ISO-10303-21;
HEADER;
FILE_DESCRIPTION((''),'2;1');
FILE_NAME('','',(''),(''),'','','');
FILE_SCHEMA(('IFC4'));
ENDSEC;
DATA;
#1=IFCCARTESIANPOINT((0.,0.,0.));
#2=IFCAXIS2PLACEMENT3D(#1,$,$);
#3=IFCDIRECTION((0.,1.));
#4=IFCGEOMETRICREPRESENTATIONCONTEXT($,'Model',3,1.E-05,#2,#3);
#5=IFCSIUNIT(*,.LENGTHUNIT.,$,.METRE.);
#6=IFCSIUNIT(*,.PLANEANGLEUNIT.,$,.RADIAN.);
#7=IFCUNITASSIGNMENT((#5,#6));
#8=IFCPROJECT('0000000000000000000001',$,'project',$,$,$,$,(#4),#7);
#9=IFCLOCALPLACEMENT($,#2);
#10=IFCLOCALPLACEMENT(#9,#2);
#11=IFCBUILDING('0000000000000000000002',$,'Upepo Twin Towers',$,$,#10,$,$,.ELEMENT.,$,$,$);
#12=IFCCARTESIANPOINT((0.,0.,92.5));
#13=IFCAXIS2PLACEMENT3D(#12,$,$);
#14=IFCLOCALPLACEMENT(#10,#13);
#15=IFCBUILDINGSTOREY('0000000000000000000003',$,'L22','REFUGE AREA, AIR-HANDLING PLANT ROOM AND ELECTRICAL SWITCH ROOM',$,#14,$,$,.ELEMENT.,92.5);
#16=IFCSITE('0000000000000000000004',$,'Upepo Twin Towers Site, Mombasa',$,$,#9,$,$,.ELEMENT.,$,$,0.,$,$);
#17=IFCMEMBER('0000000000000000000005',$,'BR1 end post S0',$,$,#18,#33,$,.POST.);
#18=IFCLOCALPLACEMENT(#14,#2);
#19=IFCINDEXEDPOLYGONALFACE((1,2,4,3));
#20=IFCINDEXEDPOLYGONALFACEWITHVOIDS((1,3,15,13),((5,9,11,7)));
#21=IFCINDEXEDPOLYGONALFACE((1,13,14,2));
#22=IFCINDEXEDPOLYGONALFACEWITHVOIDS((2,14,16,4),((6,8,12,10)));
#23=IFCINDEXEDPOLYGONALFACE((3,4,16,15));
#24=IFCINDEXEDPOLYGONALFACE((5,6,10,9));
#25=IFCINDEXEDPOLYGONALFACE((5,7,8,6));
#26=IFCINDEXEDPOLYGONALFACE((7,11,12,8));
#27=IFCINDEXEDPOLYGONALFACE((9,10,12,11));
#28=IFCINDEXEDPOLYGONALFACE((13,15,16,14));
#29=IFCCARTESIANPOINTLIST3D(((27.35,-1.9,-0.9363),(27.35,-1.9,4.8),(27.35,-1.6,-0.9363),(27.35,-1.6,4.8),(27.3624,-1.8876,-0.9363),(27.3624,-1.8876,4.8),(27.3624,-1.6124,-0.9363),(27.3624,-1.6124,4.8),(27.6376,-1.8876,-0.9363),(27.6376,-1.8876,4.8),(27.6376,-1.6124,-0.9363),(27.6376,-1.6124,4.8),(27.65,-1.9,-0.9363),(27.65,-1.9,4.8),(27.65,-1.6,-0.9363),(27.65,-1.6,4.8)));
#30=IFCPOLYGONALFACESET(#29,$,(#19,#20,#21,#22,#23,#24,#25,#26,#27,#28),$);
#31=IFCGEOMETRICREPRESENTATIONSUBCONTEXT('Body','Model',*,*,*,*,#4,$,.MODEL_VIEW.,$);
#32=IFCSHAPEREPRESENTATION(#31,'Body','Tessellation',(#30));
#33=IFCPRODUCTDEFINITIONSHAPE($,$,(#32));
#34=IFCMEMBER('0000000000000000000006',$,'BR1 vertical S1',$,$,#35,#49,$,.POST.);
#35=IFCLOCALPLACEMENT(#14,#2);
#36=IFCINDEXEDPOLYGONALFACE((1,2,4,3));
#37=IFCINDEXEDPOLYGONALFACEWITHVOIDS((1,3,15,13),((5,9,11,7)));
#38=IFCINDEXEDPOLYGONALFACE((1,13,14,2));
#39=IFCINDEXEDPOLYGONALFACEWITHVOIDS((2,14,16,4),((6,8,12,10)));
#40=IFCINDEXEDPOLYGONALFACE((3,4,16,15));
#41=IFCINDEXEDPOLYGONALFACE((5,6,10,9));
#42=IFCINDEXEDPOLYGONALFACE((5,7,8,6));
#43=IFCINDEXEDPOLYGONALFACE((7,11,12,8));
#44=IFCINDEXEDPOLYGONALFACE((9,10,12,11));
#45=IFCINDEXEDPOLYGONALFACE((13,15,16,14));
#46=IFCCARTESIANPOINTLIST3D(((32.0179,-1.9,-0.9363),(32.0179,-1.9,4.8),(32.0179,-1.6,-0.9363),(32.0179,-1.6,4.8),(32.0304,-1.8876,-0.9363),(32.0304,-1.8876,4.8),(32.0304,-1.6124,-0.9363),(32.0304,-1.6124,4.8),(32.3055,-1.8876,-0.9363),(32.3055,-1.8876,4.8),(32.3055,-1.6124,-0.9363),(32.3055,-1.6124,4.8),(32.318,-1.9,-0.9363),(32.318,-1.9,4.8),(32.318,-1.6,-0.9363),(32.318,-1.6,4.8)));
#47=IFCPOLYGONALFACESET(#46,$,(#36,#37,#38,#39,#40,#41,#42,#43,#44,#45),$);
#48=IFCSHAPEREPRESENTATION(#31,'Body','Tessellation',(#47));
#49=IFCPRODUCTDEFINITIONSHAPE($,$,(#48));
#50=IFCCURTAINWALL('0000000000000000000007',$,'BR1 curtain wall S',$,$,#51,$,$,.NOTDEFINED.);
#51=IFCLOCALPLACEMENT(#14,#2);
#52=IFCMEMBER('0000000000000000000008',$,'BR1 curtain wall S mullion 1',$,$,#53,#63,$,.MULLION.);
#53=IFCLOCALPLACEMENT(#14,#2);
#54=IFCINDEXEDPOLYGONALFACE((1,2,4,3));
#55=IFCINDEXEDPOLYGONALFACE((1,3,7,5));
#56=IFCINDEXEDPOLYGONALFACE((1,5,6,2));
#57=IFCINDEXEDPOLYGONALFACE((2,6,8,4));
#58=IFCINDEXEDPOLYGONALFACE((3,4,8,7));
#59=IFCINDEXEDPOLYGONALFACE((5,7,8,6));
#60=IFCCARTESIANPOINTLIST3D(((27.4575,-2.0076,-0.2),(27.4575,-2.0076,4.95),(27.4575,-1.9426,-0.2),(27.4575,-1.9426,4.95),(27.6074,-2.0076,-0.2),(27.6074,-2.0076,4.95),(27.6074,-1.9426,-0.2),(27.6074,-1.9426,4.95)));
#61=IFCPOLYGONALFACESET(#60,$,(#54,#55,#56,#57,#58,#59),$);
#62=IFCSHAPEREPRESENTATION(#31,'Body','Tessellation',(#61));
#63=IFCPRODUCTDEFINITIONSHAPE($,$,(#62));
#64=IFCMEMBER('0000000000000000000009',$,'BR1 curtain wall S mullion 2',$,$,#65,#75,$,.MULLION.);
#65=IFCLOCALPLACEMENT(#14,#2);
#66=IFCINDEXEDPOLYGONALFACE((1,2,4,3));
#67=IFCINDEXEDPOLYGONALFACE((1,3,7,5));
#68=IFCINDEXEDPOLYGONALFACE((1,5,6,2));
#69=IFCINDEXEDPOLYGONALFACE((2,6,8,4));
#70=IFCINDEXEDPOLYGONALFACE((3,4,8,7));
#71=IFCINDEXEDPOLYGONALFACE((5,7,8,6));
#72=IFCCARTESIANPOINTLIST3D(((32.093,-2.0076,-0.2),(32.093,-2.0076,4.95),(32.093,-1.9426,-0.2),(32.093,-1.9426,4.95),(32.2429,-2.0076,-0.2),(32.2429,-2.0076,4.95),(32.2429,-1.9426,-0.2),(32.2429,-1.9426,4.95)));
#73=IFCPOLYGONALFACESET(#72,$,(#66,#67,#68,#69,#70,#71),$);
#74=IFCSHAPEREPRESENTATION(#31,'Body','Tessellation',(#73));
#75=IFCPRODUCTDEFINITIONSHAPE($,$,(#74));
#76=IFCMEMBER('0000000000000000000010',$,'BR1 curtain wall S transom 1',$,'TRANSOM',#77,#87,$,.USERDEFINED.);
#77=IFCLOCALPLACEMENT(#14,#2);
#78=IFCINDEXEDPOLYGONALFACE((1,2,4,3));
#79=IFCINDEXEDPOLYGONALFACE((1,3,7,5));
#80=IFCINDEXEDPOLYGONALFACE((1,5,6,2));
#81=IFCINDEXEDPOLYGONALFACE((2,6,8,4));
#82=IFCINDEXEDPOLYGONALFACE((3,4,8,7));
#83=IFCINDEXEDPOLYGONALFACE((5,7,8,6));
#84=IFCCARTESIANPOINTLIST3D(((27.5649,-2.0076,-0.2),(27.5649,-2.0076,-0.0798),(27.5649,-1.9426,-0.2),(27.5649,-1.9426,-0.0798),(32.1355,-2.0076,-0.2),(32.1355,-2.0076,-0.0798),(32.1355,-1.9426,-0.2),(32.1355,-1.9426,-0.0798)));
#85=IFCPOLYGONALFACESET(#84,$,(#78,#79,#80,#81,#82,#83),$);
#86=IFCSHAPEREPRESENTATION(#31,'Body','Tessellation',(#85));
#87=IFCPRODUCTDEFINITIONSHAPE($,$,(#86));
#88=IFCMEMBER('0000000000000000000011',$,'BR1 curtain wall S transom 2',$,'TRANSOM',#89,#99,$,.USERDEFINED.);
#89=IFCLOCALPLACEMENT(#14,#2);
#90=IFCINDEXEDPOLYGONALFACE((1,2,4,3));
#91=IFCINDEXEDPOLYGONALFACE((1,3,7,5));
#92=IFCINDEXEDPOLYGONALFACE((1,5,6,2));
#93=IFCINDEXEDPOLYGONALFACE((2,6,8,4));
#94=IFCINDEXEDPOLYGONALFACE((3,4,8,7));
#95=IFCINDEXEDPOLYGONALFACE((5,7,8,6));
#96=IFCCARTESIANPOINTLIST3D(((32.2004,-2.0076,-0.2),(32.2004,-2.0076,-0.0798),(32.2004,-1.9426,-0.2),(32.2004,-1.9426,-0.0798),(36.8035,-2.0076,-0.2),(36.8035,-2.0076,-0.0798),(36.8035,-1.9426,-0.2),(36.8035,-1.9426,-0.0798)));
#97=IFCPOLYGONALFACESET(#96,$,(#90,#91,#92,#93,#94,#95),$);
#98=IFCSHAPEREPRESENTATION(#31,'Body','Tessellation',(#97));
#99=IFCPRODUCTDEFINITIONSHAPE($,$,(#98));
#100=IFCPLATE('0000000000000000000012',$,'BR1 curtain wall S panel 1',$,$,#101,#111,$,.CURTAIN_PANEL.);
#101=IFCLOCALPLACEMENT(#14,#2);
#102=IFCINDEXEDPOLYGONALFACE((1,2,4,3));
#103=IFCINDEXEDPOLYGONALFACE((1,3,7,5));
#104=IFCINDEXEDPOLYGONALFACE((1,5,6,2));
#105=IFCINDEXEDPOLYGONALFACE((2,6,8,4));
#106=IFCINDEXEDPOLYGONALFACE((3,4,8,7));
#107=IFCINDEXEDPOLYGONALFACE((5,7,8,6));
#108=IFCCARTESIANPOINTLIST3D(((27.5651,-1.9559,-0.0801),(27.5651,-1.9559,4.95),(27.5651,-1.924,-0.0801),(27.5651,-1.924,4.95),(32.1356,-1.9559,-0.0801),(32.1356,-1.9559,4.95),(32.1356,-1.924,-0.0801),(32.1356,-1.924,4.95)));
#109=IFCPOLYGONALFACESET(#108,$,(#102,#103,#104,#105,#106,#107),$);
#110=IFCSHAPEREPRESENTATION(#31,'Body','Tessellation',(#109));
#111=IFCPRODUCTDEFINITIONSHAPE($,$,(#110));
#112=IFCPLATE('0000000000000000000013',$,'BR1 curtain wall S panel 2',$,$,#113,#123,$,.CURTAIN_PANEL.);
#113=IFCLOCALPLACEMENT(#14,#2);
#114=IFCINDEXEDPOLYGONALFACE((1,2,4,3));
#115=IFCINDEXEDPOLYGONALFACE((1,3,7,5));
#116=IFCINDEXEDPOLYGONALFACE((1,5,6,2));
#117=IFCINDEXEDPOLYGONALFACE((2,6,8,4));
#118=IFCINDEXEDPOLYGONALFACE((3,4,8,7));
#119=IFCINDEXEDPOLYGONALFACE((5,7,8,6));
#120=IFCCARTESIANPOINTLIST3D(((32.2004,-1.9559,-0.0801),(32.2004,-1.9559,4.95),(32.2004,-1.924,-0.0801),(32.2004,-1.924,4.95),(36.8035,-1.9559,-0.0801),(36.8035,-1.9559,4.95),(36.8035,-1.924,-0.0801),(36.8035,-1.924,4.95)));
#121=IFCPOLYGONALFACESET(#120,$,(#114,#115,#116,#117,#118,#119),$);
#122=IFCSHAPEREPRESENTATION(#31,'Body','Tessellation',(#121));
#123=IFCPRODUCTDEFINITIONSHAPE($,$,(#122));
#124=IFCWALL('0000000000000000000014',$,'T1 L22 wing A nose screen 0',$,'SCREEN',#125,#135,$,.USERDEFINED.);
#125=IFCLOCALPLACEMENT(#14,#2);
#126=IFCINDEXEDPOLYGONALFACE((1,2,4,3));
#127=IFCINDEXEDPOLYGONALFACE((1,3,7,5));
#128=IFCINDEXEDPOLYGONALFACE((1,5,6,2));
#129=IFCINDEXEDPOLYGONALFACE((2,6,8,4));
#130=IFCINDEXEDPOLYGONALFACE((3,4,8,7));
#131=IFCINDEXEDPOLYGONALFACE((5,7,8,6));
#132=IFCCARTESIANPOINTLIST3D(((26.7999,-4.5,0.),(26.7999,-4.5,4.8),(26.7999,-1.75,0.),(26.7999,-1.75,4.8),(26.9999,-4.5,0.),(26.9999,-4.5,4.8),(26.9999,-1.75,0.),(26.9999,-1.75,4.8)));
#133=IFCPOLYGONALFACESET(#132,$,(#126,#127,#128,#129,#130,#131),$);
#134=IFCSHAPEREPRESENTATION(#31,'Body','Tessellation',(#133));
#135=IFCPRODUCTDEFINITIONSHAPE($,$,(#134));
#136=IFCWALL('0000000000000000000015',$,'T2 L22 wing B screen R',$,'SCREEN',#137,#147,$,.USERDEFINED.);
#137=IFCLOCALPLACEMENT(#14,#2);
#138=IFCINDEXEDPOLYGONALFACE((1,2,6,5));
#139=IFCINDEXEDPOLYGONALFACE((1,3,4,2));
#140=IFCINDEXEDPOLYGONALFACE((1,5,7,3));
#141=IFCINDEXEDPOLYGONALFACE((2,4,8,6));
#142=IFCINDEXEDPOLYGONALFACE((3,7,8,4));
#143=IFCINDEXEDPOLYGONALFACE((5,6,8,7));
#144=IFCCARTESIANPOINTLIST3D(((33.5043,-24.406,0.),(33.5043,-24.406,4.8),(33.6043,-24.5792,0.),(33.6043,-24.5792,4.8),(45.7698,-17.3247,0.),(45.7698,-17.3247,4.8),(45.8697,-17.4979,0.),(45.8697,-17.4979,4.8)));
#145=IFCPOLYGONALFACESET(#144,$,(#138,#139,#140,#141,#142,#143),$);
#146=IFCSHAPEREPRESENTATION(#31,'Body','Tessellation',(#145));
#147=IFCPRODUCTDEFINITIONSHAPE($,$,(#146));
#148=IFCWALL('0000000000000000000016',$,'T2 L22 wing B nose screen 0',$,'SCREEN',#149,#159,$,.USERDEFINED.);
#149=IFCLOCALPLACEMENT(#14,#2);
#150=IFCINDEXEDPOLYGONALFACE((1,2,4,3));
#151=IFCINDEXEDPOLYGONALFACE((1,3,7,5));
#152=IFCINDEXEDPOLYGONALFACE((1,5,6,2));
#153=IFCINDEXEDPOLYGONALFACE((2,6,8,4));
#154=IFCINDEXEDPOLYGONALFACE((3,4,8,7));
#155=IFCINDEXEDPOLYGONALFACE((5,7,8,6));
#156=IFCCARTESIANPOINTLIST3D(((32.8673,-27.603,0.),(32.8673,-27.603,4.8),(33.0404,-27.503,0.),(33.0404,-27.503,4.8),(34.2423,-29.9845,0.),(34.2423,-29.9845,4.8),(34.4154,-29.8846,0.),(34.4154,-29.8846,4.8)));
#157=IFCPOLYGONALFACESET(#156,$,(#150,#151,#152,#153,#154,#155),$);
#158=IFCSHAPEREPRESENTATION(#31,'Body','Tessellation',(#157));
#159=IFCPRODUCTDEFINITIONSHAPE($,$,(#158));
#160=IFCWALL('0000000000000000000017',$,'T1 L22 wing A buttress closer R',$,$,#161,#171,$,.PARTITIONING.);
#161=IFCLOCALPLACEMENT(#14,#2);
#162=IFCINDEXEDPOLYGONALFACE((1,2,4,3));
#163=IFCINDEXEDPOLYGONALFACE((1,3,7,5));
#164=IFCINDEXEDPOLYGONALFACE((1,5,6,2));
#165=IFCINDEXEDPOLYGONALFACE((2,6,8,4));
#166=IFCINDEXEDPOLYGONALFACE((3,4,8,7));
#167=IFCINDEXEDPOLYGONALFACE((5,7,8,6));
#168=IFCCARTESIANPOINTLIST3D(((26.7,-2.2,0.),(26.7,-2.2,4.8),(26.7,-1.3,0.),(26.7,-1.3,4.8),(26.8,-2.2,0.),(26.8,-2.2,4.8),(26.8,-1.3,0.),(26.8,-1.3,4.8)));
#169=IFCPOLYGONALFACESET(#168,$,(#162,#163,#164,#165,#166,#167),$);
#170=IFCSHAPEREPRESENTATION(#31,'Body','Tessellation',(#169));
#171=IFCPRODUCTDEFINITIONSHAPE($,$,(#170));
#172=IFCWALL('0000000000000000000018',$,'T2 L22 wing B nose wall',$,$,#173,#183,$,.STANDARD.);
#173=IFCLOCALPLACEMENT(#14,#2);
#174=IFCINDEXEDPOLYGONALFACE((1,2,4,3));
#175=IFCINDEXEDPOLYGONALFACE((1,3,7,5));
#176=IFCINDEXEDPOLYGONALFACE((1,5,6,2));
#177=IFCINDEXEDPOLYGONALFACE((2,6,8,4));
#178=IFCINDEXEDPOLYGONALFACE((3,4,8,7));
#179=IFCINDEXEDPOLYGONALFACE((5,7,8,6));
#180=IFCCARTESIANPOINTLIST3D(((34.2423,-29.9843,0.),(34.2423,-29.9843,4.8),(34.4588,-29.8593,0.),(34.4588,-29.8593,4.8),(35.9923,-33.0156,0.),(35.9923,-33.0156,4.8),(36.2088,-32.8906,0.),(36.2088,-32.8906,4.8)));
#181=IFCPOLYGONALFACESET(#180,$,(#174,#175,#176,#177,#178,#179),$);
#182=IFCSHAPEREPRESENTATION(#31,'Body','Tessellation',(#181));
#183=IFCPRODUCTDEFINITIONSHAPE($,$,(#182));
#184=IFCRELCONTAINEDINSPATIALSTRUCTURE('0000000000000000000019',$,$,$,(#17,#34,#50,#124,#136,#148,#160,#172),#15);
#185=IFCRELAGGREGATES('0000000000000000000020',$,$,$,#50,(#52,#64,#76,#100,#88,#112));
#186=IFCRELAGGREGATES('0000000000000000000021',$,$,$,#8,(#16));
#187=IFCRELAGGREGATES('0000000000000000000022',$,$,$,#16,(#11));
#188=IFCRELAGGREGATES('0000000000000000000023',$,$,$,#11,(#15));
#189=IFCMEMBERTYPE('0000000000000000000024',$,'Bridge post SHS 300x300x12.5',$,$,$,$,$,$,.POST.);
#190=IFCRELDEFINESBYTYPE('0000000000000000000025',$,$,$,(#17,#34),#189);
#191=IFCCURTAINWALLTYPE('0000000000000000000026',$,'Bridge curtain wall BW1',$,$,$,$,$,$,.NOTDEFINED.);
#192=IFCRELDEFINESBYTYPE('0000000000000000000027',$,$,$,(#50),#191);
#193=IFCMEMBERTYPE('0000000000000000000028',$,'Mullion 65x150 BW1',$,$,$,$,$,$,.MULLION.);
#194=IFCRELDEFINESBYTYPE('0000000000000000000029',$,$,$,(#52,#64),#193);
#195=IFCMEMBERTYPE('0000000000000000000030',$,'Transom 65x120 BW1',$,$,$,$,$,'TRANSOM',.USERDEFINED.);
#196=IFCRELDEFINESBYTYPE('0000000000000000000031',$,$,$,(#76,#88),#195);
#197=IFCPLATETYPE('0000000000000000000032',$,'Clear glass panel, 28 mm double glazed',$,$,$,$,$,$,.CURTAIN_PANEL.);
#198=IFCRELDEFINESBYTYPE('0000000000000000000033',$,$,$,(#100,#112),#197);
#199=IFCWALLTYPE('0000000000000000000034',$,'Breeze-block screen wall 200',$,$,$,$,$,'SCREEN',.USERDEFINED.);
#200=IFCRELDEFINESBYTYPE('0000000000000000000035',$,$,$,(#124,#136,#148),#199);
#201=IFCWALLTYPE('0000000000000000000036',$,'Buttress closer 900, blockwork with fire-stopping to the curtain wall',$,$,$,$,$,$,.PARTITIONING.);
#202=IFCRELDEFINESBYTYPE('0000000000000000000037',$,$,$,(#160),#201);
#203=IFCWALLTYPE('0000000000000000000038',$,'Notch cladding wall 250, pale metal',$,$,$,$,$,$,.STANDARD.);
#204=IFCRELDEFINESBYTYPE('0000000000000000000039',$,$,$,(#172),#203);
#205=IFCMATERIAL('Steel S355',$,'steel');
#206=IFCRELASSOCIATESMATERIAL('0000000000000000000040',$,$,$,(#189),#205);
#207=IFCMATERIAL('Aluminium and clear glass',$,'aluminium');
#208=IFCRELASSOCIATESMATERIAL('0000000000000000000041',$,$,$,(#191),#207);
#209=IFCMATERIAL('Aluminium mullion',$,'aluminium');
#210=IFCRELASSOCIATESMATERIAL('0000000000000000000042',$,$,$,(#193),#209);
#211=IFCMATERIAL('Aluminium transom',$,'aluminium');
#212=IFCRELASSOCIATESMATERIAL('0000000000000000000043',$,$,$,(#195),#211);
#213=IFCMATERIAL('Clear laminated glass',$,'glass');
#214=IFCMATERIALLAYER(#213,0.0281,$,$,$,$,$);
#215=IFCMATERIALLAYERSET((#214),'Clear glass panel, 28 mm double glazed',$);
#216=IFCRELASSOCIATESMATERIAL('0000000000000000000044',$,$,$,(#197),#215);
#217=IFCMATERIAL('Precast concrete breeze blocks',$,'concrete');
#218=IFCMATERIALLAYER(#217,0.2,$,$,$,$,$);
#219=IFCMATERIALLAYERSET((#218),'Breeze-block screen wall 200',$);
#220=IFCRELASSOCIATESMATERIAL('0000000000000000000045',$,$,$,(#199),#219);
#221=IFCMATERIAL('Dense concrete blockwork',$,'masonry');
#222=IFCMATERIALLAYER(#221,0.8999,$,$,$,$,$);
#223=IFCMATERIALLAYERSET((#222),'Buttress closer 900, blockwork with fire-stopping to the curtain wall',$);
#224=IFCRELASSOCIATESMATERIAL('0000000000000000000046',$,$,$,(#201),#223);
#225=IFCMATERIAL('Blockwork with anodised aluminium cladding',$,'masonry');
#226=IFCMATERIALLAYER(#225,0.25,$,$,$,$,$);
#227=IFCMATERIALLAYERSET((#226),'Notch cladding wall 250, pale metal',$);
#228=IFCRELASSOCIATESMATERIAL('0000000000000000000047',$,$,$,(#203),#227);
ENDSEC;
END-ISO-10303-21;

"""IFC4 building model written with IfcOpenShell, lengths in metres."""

from ifc_helpers import new_model, si_unit, direction, frame, frame_2d, origin, origin_2d, place, context, subcontext, project, spatial, rectangle, hollow_rectangle, extrude, material, layer, layer_set, material_profile, profile_set, type_object, element, aggregate, save


model = new_model("IFC4")

# Units and contexts
model_context = context("Model", 3, precision=1e-05, world=origin(), true_north=direction((0.0, 1.0)))
body_context = subcontext(model_context, "Body", "Model", "MODEL_VIEW")
ifc_project = project(units=[si_unit("LENGTHUNIT", "METRE"), si_unit("PLANEANGLEUNIT", "RADIAN")], contexts=[model_context])

# Site, building, storey
site_placement = place(None, origin())
site = spatial("IfcSite", under=ifc_project, at=site_placement, Name="Upepo Twin Towers Site, Mombasa", CompositionType="ELEMENT", RefElevation=0.0)
building_placement = place(site_placement, origin())
building = spatial("IfcBuilding", under=site, at=building_placement, Name="Upepo Twin Towers", CompositionType="ELEMENT")
storey_placement = place(building_placement, frame((0.0, 0.0, 92.5)))
storey = spatial("IfcBuildingStorey", under=building, at=storey_placement, Name="L22", Description="REFUGE AREA, AIR-HANDLING PLANT ROOM AND ELECTRICAL SWITCH ROOM", CompositionType="ELEMENT", Elevation=92.5)

# Members
ifc_material_1 = material(Name="Steel S355", Category="steel")
ifc_material_profile_1 = material_profile(ifc_material_1, hollow_rectangle(XDim=0.3, YDim=0.3, WallThickness=0.0125, at=origin_2d()), Name="SHS 300x300x12.5")
ifc_profile_set_1 = profile_set([ifc_material_profile_1], Name="Steel S355")
member_type_1 = type_object("IfcMemberType", Name="Bridge post SHS 300x300x12.5", PredefinedType="POST", material=ifc_profile_set_1)
for number, where, z_axis, x_axis, name in (
    (1, (27.5, -1.75, -0.9363), (0.0, 0.0, 1.0), (1.0, 0.0, 0.0), "BR1 end post S0"),
    (2, (32.168, -1.75, -0.9363), (0.0, 0.0, 1.0), (1.0, 0.0, 0.0), "BR1 vertical S1"),
):
    element("IfcMember", number, at=place(storey_placement, frame(where, z_axis=z_axis, x_axis=x_axis)), inside=storey, type_object=member_type_1, Name=name, PredefinedType="POST", context=body_context, shape_type="SweptSolid", body=[
        extrude(hollow_rectangle(XDim=0.3, YDim=0.3, WallThickness=0.0125, at=origin_2d()), origin(), (0.0, 0.0, 1.0), 5.7363),
    ])

# Curtain wall, members, plates
ifc_material_2 = material(Name="Aluminium and clear glass", Category="aluminium")
curtain_wall_type = type_object("IfcCurtainWallType", Name="Bridge curtain wall BW1", PredefinedType="NOTDEFINED", material=ifc_material_2)
curtain_wall_placement = place(storey_placement, origin())
curtain_wall = element("IfcCurtainWall", 3, at=curtain_wall_placement, inside=storey, type_object=curtain_wall_type, Name="BR1 curtain wall S", PredefinedType="NOTDEFINED")
ifc_material_3 = material(Name="Aluminium mullion", Category="aluminium")
ifc_material_profile_2 = material_profile(ifc_material_3, rectangle(XDim=0.0649, YDim=0.1499, at=origin_2d()), Name="MULLION 65x150 BRIDGE")
ifc_profile_set_2 = profile_set([ifc_material_profile_2], Name="Aluminium mullion")
member_type_2 = type_object("IfcMemberType", Name="Mullion 65x150 BW1", PredefinedType="MULLION", material=ifc_profile_set_2)
member_1_placement = place(storey_placement, frame((27.5325, -1.9751, -0.2), z_axis=(0.0, 0.0, 1.0), x_axis=(0.0, 1.0, 0.0)))
member_1 = element("IfcMember", 4, at=member_1_placement, type_object=member_type_2, Name="BR1 curtain wall S mullion 1", PredefinedType="MULLION", context=body_context, shape_type="SweptSolid", body=[
    extrude(rectangle(XDim=0.0649, YDim=0.1499, at=origin_2d()), origin(), (0.0, 0.0, 1.0), 5.1499),
])
member_2_placement = place(storey_placement, frame((32.168, -1.9751, -0.2), z_axis=(0.0, 0.0, 1.0), x_axis=(0.0, 1.0, 0.0)))
member_2 = element("IfcMember", 5, at=member_2_placement, type_object=member_type_2, Name="BR1 curtain wall S mullion 2", PredefinedType="MULLION", context=body_context, shape_type="SweptSolid", body=[
    extrude(rectangle(XDim=0.0649, YDim=0.1499, at=origin_2d()), origin(), (0.0, 0.0, 1.0), 5.1499),
])
ifc_material_4 = material(Name="Aluminium transom", Category="aluminium")
ifc_material_profile_3 = material_profile(ifc_material_4, rectangle(XDim=0.0649, YDim=0.1201, at=origin_2d()), Name="TRANSOM 65x120 BRIDGE")
ifc_profile_set_3 = profile_set([ifc_material_profile_3], Name="Aluminium transom")
member_type_3 = type_object("IfcMemberType", Name="Transom 65x120 BW1", ElementType="TRANSOM", PredefinedType="USERDEFINED", material=ifc_profile_set_3)
member_3_placement = place(storey_placement, frame((27.5649, -1.9751, -0.1399), z_axis=(1.0, 0.0, 0.0), x_axis=(0.0, 1.0, 0.0)))
member_3 = element("IfcMember", 6, at=member_3_placement, type_object=member_type_3, Name="BR1 curtain wall S transom 1", ObjectType="TRANSOM", PredefinedType="USERDEFINED", context=body_context, shape_type="SweptSolid", body=[
    extrude(rectangle(XDim=0.0649, YDim=0.1201, at=origin_2d()), origin(), (0.0, 0.0, 1.0), 4.5706),
])
member_4_placement = place(storey_placement, frame((32.2004, -1.9751, -0.1399), z_axis=(1.0, 0.0, 0.0), x_axis=(0.0, 1.0, 0.0)))
member_4 = element("IfcMember", 7, at=member_4_placement, type_object=member_type_3, Name="BR1 curtain wall S transom 2", ObjectType="TRANSOM", PredefinedType="USERDEFINED", context=body_context, shape_type="SweptSolid", body=[
    extrude(rectangle(XDim=0.0649, YDim=0.1201, at=origin_2d()), origin(), (0.0, 0.0, 1.0), 4.603),
])
ifc_material_5 = material(Name="Clear laminated glass", Category="glass")
ifc_layer_1 = layer(ifc_material_5, 0.0281)
ifc_layer_set_1 = layer_set([ifc_layer_1], Name="Clear glass panel, 28 mm double glazed")
plate_type = type_object("IfcPlateType", Name="Clear glass panel, 28 mm double glazed", PredefinedType="CURTAIN_PANEL", material=ifc_layer_set_1)
plate_1_placement = place(storey_placement, frame((29.8503, -1.9399, -0.0801), z_axis=(0.0, 0.0, 1.0), x_axis=(1.0, 0.0, 0.0)))
plate_1 = element("IfcPlate", 8, at=plate_1_placement, type_object=plate_type, Name="BR1 curtain wall S panel 1", PredefinedType="CURTAIN_PANEL", context=body_context, shape_type="SweptSolid", body=[
    extrude(rectangle(XDim=4.5706, YDim=0.032, at=origin_2d()), origin(), (0.0, 0.0, 1.0), 5.03),
])
plate_2_placement = place(storey_placement, frame((34.502, -1.9399, -0.0801), z_axis=(0.0, 0.0, 1.0), x_axis=(1.0, 0.0, 0.0)))
plate_2 = element("IfcPlate", 9, at=plate_2_placement, type_object=plate_type, Name="BR1 curtain wall S panel 2", PredefinedType="CURTAIN_PANEL", context=body_context, shape_type="SweptSolid", body=[
    extrude(rectangle(XDim=4.603, YDim=0.032, at=origin_2d()), origin(), (0.0, 0.0, 1.0), 5.03),
])
aggregate(curtain_wall, [member_1, member_2, member_3, plate_1, member_4, plate_2])

# Walls
ifc_material_6 = material(Name="Precast concrete breeze blocks", Category="concrete")
ifc_layer_2 = layer(ifc_material_6, 0.2)
ifc_layer_set_2 = layer_set([ifc_layer_2], Name="Breeze-block screen wall 200")
wall_type_1 = type_object("IfcWallType", Name="Breeze-block screen wall 200", ElementType="SCREEN", PredefinedType="USERDEFINED", material=ifc_layer_set_2)
wall_1_placement = place(storey_placement, frame((26.8999, -4.5, 0.0), z_axis=(0.0, 0.0, 1.0), x_axis=(0.0, 1.0, 0.0)))
element("IfcWall", 10, at=wall_1_placement, inside=storey, type_object=wall_type_1, Name="T1 L22 wing A nose screen 0", ObjectType="SCREEN", PredefinedType="USERDEFINED", context=body_context, shape_type="SweptSolid", body=[
    extrude(rectangle(XDim=2.75, YDim=0.2, at=frame_2d((1.375, 0.0))), origin(), (0.0, 0.0, 1.0), 4.8),
])
wall_2_placement = place(storey_placement, frame((33.5542, -24.4927, 0.0), z_axis=(0.0, 0.0, 1.0), x_axis=(0.866029, 0.499994, 0.0)))
element("IfcWall", 11, at=wall_2_placement, inside=storey, type_object=wall_type_1, Name="T2 L22 wing B screen R", ObjectType="SCREEN", PredefinedType="USERDEFINED", context=body_context, shape_type="SweptSolid", body=[
    extrude(rectangle(XDim=14.1628, YDim=0.2, at=frame_2d((7.0815, 0.0))), origin(), (0.0, 0.0, 1.0), 4.8),
])
wall_3_placement = place(storey_placement, frame((32.9539, -27.553, 0.0), z_axis=(0.0, 0.0, 1.0), x_axis=(0.499997, -0.866027, 0.0)))
element("IfcWall", 12, at=wall_3_placement, inside=storey, type_object=wall_type_1, Name="T2 L22 wing B nose screen 0", ObjectType="SCREEN", PredefinedType="USERDEFINED", context=body_context, shape_type="SweptSolid", body=[
    extrude(rectangle(XDim=2.75, YDim=0.2, at=frame_2d((1.375, 0.0))), origin(), (0.0, 0.0, 1.0), 4.8),
])
ifc_material_7 = material(Name="Dense concrete blockwork", Category="masonry")
ifc_layer_3 = layer(ifc_material_7, 0.8999)
ifc_layer_set_3 = layer_set([ifc_layer_3], Name="Buttress closer 900, blockwork with fire-stopping to the curtain wall")
wall_type_2 = type_object("IfcWallType", Name="Buttress closer 900, blockwork with fire-stopping to the curtain wall", PredefinedType="PARTITIONING", material=ifc_layer_set_3)
wall_4_placement = place(storey_placement, frame((26.7, -1.75, 0.0), z_axis=(0.0, 0.0, 1.0), x_axis=(1.0, 0.0, 0.0)))
element("IfcWall", 13, at=wall_4_placement, inside=storey, type_object=wall_type_2, Name="T1 L22 wing A buttress closer R", PredefinedType="PARTITIONING", context=body_context, shape_type="SweptSolid", body=[
    extrude(rectangle(XDim=0.1001, YDim=0.8999, at=frame_2d((0.05, 0.0))), origin(), (0.0, 0.0, 1.0), 4.8),
])
ifc_material_8 = material(Name="Blockwork with anodised aluminium cladding", Category="masonry")
ifc_layer_4 = layer(ifc_material_8, 0.25)
ifc_layer_set_4 = layer_set([ifc_layer_4], Name="Notch cladding wall 250, pale metal")
wall_type_3 = type_object("IfcWallType", Name="Notch cladding wall 250, pale metal", PredefinedType="STANDARD", material=ifc_layer_set_4)
wall_5_placement = place(storey_placement, frame((34.3506, -29.9219, 0.0), z_axis=(0.0, 0.0, 1.0), x_axis=(0.49998, -0.866037, 0.0)))
element("IfcWall", 14, at=wall_5_placement, inside=storey, type_object=wall_type_3, Name="T2 L22 wing B nose wall", PredefinedType="STANDARD", context=body_context, shape_type="SweptSolid", body=[
    extrude(rectangle(XDim=3.5002, YDim=0.25, at=frame_2d((1.75, 0.0))), origin(), (0.0, 0.0, 1.0), 4.8),
])

save(model, "model.ifc")
